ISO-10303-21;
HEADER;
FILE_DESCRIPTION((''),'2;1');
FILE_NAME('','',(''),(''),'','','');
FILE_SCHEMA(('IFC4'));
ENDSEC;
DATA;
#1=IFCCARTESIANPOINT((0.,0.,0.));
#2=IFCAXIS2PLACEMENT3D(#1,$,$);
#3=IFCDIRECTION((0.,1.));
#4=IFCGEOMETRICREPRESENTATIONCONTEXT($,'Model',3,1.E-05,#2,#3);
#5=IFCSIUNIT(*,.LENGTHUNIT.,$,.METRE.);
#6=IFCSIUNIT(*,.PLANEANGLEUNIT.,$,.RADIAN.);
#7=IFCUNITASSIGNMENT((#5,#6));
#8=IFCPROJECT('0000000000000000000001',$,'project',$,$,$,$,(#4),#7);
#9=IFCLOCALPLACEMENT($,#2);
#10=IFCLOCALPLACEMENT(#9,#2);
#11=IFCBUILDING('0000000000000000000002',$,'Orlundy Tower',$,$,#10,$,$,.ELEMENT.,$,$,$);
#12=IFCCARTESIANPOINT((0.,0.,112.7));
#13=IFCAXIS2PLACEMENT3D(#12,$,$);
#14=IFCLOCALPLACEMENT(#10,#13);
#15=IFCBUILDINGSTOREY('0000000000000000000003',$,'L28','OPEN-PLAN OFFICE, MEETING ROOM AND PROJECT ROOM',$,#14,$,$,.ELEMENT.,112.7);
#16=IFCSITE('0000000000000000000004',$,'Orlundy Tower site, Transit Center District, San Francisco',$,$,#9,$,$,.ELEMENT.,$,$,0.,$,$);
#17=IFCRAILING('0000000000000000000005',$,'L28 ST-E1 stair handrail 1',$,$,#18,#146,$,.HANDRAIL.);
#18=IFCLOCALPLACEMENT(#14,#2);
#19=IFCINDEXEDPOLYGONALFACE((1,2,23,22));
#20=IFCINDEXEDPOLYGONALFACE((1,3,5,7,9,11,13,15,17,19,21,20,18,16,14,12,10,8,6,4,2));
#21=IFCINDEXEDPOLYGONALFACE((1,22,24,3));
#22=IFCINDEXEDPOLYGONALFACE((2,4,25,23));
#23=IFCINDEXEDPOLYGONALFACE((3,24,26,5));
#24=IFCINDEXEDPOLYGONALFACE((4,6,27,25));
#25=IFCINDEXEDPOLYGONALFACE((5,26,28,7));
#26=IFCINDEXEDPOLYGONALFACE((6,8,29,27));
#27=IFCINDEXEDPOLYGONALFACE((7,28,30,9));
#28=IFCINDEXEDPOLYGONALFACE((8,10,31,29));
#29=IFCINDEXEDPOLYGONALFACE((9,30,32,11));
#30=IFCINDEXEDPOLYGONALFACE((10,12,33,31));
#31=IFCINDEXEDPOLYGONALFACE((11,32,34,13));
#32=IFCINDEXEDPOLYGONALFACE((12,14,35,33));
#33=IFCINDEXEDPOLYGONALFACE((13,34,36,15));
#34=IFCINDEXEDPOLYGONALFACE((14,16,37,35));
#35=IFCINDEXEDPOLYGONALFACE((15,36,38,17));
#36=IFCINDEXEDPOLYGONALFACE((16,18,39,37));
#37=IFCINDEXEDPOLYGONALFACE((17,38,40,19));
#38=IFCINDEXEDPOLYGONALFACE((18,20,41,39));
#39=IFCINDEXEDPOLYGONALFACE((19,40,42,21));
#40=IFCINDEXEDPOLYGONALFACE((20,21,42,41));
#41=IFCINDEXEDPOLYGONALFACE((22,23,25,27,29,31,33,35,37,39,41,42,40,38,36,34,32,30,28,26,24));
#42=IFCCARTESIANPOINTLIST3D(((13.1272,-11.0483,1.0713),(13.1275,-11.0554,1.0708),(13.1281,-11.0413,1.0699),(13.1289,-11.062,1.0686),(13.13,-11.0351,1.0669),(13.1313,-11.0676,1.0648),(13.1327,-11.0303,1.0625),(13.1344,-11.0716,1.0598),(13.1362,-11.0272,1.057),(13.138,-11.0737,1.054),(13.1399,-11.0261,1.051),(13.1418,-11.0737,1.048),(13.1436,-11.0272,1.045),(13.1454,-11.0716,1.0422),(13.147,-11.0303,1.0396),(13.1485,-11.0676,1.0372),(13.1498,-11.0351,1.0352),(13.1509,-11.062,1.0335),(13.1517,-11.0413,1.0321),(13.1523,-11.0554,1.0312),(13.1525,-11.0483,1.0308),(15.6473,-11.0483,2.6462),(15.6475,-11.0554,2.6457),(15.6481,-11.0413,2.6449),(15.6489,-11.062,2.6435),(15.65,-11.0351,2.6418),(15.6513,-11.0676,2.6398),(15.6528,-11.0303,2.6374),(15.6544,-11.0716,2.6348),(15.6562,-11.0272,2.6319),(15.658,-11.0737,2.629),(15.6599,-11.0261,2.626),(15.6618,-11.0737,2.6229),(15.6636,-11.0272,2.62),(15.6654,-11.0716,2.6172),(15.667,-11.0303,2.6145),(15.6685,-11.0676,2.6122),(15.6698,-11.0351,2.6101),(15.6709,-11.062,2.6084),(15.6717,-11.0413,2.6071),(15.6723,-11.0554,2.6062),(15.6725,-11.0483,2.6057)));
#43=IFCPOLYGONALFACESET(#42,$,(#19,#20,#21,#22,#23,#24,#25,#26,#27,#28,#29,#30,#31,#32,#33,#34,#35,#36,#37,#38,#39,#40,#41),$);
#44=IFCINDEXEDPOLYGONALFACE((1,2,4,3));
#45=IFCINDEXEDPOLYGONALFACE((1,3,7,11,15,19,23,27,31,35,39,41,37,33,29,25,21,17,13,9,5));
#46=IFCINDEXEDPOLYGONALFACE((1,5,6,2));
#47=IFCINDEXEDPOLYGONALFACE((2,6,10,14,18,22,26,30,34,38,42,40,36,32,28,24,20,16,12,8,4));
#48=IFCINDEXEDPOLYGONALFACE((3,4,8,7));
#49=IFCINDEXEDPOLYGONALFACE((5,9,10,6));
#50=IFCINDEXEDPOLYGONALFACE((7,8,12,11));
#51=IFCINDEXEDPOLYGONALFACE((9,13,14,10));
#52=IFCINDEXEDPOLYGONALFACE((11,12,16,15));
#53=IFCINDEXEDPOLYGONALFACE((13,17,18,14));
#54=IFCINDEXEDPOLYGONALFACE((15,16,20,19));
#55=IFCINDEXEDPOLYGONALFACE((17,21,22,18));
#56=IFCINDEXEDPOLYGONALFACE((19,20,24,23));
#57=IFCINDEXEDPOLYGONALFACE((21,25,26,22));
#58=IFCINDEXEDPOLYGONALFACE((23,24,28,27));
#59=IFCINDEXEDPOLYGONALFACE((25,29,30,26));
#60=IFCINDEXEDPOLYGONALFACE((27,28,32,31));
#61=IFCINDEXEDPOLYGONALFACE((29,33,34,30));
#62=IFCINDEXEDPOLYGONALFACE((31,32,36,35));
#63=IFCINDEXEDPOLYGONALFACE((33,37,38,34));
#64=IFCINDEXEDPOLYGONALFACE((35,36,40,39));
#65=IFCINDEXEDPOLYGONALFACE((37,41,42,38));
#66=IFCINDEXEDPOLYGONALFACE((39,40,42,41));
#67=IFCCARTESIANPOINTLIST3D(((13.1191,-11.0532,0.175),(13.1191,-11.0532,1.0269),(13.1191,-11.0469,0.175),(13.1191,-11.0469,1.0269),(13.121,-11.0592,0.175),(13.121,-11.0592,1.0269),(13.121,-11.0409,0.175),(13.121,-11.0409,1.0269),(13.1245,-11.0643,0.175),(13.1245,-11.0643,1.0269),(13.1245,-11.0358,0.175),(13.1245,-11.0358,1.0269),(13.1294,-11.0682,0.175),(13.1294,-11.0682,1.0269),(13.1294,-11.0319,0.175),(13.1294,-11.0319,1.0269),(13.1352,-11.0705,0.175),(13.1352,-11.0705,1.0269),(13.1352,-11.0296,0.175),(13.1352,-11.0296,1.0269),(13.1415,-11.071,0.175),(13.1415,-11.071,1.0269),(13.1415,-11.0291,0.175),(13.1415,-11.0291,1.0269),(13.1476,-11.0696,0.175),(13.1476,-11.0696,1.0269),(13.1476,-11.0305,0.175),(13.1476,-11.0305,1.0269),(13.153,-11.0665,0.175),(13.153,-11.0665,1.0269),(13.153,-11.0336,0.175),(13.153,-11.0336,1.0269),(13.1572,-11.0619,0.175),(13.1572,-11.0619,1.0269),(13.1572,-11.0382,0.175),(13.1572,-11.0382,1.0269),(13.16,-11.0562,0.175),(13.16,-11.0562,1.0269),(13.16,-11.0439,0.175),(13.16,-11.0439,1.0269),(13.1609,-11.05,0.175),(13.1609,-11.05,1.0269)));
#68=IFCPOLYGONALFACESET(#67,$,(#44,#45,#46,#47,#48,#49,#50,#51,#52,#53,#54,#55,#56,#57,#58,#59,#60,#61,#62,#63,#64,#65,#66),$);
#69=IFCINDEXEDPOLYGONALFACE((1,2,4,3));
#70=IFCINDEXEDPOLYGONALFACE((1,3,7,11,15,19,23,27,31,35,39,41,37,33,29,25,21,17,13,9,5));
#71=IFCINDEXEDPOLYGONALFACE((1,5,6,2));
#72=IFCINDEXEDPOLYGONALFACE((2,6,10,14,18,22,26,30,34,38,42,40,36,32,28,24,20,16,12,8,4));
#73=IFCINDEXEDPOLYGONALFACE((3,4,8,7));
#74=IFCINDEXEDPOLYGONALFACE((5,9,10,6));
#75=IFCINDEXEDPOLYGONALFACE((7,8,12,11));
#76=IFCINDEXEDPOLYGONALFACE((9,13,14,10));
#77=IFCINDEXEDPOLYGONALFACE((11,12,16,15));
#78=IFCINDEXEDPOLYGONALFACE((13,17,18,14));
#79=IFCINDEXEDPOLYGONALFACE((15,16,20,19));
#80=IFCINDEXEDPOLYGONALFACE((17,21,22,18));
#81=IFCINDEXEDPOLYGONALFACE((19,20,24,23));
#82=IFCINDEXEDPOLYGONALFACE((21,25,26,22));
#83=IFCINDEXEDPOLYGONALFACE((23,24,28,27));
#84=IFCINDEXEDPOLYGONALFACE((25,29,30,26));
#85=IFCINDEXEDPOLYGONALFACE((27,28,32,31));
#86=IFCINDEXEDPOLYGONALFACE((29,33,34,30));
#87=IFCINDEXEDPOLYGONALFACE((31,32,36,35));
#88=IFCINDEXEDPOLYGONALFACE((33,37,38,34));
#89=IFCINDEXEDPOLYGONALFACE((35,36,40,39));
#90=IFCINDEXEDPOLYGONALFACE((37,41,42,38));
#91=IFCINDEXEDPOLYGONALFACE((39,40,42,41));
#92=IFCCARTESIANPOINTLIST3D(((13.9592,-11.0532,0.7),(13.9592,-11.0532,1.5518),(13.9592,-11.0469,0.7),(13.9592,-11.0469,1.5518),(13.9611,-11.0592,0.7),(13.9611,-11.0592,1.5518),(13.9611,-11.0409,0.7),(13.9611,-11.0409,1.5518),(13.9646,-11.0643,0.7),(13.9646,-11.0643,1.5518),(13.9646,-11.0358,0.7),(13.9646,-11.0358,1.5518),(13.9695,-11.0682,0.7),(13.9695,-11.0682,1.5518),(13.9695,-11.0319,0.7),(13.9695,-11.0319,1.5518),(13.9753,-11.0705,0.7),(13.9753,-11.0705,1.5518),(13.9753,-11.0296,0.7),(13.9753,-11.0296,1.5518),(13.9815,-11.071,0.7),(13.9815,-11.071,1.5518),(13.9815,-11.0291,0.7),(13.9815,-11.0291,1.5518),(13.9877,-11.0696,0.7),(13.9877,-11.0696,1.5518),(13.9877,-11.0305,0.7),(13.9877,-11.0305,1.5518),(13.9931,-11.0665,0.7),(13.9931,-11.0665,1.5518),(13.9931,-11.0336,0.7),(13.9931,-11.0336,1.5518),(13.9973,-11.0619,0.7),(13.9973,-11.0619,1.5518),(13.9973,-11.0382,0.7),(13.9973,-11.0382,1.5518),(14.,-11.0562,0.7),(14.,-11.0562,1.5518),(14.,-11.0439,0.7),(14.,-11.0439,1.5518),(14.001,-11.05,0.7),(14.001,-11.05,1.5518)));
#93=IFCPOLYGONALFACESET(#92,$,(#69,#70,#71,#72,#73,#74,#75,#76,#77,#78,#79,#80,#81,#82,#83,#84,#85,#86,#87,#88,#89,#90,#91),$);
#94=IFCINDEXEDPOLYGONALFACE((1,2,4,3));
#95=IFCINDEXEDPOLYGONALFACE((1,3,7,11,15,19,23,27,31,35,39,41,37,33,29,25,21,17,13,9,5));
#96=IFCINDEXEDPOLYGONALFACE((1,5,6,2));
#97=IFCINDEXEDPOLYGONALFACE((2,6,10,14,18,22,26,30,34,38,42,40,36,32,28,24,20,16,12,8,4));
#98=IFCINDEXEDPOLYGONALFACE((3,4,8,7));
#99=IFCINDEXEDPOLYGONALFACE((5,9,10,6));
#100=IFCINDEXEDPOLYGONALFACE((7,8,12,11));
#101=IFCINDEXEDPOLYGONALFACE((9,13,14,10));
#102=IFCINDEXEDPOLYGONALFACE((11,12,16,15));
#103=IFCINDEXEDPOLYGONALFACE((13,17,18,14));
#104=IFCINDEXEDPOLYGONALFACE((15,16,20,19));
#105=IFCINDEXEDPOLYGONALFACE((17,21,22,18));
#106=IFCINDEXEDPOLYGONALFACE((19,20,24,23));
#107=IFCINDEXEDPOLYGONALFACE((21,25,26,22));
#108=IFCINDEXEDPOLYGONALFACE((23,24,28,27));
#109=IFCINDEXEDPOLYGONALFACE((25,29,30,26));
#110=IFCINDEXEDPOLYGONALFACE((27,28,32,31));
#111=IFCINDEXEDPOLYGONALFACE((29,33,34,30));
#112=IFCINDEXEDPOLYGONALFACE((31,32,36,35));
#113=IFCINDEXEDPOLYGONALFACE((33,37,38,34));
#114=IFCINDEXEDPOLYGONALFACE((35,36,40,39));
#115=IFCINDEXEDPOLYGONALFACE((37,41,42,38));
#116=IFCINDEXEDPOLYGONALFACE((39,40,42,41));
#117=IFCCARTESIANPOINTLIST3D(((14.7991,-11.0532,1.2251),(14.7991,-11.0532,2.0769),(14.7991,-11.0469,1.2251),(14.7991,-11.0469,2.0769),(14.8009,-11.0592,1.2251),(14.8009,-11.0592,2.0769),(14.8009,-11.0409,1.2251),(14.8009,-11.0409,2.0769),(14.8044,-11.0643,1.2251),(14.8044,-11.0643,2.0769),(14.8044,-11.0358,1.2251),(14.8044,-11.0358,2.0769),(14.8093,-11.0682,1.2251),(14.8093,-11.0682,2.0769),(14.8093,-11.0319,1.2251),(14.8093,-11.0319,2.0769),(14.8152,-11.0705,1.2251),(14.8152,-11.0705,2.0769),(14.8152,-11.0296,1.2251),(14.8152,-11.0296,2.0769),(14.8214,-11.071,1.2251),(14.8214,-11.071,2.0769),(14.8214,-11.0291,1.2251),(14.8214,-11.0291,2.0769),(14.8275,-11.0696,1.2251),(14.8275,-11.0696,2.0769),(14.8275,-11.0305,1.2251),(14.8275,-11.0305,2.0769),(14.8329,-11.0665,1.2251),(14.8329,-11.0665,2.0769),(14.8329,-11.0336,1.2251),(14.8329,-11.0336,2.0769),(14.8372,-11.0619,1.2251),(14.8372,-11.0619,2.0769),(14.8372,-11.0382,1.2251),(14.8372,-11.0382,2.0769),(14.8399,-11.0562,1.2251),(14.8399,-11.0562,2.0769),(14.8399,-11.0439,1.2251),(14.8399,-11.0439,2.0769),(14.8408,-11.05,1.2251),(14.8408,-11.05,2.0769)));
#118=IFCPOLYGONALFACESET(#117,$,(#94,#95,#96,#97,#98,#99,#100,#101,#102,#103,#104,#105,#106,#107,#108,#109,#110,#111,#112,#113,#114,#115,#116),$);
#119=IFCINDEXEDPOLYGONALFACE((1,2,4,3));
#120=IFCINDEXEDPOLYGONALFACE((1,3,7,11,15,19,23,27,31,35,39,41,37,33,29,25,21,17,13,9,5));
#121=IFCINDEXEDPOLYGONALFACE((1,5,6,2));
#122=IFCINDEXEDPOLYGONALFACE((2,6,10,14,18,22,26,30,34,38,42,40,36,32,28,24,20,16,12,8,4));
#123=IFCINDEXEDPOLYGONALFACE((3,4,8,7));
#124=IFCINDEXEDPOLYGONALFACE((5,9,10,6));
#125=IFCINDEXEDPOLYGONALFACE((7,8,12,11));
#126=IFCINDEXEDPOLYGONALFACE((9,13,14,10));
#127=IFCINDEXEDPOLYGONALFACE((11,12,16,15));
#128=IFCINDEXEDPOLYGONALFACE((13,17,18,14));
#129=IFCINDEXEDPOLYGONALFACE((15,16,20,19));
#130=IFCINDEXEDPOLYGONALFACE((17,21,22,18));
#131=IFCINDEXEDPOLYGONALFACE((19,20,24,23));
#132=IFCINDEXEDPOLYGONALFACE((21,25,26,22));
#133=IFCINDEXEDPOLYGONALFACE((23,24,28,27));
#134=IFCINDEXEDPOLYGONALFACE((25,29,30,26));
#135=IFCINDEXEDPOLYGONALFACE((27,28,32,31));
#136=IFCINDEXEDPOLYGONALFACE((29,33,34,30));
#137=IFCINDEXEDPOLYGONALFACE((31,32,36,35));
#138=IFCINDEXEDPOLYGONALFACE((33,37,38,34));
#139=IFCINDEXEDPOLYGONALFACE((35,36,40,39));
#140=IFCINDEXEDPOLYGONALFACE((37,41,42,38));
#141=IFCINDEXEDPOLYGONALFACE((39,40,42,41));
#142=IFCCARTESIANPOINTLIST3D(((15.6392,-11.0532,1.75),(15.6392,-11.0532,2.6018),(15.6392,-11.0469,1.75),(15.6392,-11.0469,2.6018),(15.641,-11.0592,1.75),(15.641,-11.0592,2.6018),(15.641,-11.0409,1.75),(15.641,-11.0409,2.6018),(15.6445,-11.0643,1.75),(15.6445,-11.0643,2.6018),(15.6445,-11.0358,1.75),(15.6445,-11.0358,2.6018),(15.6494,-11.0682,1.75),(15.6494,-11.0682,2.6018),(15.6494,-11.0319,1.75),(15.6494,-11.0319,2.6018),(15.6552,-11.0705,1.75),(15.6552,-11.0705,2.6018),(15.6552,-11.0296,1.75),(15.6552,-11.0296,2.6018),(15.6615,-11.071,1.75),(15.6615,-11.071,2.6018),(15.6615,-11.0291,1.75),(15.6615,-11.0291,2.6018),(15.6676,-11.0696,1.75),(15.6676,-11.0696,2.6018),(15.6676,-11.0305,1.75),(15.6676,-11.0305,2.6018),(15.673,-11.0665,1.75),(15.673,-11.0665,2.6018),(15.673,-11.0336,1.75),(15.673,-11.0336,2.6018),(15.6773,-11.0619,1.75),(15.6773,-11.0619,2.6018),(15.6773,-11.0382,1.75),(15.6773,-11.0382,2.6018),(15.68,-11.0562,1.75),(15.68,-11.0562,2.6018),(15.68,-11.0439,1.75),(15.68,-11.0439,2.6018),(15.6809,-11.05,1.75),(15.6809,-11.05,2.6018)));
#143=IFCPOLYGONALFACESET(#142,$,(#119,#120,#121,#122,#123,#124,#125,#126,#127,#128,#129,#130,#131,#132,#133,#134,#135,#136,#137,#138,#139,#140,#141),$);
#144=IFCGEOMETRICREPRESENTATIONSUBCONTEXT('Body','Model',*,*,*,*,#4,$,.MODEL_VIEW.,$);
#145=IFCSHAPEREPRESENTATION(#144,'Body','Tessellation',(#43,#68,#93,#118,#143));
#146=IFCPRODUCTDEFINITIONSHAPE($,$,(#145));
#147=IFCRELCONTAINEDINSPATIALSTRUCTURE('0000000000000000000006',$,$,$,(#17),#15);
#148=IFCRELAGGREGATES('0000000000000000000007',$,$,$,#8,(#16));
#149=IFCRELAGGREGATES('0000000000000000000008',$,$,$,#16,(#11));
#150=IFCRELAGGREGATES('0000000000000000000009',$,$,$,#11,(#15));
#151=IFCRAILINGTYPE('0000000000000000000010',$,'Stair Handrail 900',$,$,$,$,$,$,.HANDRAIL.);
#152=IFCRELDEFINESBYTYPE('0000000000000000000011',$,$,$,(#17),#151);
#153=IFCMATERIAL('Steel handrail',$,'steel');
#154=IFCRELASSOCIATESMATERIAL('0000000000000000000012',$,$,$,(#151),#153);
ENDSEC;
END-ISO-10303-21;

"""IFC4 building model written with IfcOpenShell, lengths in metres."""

from ifc_helpers import new_model, si_unit, direction, frame, origin, origin_2d, place, context, subcontext, project, spatial, circle, extrude, material, type_object, element, save


model = new_model("IFC4")

# Units and contexts
model_context = context("Model", 3, precision=1e-05, world=origin(), true_north=direction((0.0, 1.0)))
body_context = subcontext(model_context, "Body", "Model", "MODEL_VIEW")
ifc_project = project(units=[si_unit("LENGTHUNIT", "METRE"), si_unit("PLANEANGLEUNIT", "RADIAN")], contexts=[model_context])

# Site, building, storey
site_placement = place(None, origin())
site = spatial("IfcSite", under=ifc_project, at=site_placement, Name="Orlundy Tower site, Transit Center District, San Francisco", CompositionType="ELEMENT", RefElevation=0.0)
building_placement = place(site_placement, origin())
building = spatial("IfcBuilding", under=site, at=building_placement, Name="Orlundy Tower", CompositionType="ELEMENT")
storey_placement = place(building_placement, frame((0.0, 0.0, 112.7)))
storey = spatial("IfcBuildingStorey", under=building, at=storey_placement, Name="L28", Description="OPEN-PLAN OFFICE, MEETING ROOM AND PROJECT ROOM", CompositionType="ELEMENT", Elevation=112.7)

# Railing
ifc_material_1 = material(Name="Steel handrail", Category="steel")
railing_type_1 = type_object("IfcRailingType", Name="Stair Handrail 900", PredefinedType="HANDRAIL", material=ifc_material_1)
railing_1_placement = place(storey_placement, frame((13.1399, -11.05, 0.175)))
element("IfcRailing", 1, at=railing_1_placement, inside=storey, type_object=railing_type_1, Name="L28 ST-E1 stair handrail 1", PredefinedType="HANDRAIL", context=body_context, shape_type="SweptSolid", body=[
    extrude(circle(Radius=0.0239, at=origin_2d()), frame((0.0, 0.0, 0.876), z_axis=(0.848008, 0.0, 0.529984), x_axis=(0.0, 1.0, 0.0)), (0.0, 0.0, 1.0), 2.9717),
    extrude(circle(Radius=0.021, at=origin_2d()), origin(), (0.0, 0.0, 1.0), 0.8518),
    extrude(circle(Radius=0.021, at=origin_2d()), frame((0.8401, 0.0, 0.5249)), (0.0, 0.0, 1.0), 0.8518),
    extrude(circle(Radius=0.021, at=origin_2d()), frame((1.6799, 0.0, 1.05)), (0.0, 0.0, 1.0), 0.8518),
    extrude(circle(Radius=0.021, at=origin_2d()), frame((2.52, 0.0, 1.575)), (0.0, 0.0, 1.0), 0.8518),
])

save(model, "model.ifc")
